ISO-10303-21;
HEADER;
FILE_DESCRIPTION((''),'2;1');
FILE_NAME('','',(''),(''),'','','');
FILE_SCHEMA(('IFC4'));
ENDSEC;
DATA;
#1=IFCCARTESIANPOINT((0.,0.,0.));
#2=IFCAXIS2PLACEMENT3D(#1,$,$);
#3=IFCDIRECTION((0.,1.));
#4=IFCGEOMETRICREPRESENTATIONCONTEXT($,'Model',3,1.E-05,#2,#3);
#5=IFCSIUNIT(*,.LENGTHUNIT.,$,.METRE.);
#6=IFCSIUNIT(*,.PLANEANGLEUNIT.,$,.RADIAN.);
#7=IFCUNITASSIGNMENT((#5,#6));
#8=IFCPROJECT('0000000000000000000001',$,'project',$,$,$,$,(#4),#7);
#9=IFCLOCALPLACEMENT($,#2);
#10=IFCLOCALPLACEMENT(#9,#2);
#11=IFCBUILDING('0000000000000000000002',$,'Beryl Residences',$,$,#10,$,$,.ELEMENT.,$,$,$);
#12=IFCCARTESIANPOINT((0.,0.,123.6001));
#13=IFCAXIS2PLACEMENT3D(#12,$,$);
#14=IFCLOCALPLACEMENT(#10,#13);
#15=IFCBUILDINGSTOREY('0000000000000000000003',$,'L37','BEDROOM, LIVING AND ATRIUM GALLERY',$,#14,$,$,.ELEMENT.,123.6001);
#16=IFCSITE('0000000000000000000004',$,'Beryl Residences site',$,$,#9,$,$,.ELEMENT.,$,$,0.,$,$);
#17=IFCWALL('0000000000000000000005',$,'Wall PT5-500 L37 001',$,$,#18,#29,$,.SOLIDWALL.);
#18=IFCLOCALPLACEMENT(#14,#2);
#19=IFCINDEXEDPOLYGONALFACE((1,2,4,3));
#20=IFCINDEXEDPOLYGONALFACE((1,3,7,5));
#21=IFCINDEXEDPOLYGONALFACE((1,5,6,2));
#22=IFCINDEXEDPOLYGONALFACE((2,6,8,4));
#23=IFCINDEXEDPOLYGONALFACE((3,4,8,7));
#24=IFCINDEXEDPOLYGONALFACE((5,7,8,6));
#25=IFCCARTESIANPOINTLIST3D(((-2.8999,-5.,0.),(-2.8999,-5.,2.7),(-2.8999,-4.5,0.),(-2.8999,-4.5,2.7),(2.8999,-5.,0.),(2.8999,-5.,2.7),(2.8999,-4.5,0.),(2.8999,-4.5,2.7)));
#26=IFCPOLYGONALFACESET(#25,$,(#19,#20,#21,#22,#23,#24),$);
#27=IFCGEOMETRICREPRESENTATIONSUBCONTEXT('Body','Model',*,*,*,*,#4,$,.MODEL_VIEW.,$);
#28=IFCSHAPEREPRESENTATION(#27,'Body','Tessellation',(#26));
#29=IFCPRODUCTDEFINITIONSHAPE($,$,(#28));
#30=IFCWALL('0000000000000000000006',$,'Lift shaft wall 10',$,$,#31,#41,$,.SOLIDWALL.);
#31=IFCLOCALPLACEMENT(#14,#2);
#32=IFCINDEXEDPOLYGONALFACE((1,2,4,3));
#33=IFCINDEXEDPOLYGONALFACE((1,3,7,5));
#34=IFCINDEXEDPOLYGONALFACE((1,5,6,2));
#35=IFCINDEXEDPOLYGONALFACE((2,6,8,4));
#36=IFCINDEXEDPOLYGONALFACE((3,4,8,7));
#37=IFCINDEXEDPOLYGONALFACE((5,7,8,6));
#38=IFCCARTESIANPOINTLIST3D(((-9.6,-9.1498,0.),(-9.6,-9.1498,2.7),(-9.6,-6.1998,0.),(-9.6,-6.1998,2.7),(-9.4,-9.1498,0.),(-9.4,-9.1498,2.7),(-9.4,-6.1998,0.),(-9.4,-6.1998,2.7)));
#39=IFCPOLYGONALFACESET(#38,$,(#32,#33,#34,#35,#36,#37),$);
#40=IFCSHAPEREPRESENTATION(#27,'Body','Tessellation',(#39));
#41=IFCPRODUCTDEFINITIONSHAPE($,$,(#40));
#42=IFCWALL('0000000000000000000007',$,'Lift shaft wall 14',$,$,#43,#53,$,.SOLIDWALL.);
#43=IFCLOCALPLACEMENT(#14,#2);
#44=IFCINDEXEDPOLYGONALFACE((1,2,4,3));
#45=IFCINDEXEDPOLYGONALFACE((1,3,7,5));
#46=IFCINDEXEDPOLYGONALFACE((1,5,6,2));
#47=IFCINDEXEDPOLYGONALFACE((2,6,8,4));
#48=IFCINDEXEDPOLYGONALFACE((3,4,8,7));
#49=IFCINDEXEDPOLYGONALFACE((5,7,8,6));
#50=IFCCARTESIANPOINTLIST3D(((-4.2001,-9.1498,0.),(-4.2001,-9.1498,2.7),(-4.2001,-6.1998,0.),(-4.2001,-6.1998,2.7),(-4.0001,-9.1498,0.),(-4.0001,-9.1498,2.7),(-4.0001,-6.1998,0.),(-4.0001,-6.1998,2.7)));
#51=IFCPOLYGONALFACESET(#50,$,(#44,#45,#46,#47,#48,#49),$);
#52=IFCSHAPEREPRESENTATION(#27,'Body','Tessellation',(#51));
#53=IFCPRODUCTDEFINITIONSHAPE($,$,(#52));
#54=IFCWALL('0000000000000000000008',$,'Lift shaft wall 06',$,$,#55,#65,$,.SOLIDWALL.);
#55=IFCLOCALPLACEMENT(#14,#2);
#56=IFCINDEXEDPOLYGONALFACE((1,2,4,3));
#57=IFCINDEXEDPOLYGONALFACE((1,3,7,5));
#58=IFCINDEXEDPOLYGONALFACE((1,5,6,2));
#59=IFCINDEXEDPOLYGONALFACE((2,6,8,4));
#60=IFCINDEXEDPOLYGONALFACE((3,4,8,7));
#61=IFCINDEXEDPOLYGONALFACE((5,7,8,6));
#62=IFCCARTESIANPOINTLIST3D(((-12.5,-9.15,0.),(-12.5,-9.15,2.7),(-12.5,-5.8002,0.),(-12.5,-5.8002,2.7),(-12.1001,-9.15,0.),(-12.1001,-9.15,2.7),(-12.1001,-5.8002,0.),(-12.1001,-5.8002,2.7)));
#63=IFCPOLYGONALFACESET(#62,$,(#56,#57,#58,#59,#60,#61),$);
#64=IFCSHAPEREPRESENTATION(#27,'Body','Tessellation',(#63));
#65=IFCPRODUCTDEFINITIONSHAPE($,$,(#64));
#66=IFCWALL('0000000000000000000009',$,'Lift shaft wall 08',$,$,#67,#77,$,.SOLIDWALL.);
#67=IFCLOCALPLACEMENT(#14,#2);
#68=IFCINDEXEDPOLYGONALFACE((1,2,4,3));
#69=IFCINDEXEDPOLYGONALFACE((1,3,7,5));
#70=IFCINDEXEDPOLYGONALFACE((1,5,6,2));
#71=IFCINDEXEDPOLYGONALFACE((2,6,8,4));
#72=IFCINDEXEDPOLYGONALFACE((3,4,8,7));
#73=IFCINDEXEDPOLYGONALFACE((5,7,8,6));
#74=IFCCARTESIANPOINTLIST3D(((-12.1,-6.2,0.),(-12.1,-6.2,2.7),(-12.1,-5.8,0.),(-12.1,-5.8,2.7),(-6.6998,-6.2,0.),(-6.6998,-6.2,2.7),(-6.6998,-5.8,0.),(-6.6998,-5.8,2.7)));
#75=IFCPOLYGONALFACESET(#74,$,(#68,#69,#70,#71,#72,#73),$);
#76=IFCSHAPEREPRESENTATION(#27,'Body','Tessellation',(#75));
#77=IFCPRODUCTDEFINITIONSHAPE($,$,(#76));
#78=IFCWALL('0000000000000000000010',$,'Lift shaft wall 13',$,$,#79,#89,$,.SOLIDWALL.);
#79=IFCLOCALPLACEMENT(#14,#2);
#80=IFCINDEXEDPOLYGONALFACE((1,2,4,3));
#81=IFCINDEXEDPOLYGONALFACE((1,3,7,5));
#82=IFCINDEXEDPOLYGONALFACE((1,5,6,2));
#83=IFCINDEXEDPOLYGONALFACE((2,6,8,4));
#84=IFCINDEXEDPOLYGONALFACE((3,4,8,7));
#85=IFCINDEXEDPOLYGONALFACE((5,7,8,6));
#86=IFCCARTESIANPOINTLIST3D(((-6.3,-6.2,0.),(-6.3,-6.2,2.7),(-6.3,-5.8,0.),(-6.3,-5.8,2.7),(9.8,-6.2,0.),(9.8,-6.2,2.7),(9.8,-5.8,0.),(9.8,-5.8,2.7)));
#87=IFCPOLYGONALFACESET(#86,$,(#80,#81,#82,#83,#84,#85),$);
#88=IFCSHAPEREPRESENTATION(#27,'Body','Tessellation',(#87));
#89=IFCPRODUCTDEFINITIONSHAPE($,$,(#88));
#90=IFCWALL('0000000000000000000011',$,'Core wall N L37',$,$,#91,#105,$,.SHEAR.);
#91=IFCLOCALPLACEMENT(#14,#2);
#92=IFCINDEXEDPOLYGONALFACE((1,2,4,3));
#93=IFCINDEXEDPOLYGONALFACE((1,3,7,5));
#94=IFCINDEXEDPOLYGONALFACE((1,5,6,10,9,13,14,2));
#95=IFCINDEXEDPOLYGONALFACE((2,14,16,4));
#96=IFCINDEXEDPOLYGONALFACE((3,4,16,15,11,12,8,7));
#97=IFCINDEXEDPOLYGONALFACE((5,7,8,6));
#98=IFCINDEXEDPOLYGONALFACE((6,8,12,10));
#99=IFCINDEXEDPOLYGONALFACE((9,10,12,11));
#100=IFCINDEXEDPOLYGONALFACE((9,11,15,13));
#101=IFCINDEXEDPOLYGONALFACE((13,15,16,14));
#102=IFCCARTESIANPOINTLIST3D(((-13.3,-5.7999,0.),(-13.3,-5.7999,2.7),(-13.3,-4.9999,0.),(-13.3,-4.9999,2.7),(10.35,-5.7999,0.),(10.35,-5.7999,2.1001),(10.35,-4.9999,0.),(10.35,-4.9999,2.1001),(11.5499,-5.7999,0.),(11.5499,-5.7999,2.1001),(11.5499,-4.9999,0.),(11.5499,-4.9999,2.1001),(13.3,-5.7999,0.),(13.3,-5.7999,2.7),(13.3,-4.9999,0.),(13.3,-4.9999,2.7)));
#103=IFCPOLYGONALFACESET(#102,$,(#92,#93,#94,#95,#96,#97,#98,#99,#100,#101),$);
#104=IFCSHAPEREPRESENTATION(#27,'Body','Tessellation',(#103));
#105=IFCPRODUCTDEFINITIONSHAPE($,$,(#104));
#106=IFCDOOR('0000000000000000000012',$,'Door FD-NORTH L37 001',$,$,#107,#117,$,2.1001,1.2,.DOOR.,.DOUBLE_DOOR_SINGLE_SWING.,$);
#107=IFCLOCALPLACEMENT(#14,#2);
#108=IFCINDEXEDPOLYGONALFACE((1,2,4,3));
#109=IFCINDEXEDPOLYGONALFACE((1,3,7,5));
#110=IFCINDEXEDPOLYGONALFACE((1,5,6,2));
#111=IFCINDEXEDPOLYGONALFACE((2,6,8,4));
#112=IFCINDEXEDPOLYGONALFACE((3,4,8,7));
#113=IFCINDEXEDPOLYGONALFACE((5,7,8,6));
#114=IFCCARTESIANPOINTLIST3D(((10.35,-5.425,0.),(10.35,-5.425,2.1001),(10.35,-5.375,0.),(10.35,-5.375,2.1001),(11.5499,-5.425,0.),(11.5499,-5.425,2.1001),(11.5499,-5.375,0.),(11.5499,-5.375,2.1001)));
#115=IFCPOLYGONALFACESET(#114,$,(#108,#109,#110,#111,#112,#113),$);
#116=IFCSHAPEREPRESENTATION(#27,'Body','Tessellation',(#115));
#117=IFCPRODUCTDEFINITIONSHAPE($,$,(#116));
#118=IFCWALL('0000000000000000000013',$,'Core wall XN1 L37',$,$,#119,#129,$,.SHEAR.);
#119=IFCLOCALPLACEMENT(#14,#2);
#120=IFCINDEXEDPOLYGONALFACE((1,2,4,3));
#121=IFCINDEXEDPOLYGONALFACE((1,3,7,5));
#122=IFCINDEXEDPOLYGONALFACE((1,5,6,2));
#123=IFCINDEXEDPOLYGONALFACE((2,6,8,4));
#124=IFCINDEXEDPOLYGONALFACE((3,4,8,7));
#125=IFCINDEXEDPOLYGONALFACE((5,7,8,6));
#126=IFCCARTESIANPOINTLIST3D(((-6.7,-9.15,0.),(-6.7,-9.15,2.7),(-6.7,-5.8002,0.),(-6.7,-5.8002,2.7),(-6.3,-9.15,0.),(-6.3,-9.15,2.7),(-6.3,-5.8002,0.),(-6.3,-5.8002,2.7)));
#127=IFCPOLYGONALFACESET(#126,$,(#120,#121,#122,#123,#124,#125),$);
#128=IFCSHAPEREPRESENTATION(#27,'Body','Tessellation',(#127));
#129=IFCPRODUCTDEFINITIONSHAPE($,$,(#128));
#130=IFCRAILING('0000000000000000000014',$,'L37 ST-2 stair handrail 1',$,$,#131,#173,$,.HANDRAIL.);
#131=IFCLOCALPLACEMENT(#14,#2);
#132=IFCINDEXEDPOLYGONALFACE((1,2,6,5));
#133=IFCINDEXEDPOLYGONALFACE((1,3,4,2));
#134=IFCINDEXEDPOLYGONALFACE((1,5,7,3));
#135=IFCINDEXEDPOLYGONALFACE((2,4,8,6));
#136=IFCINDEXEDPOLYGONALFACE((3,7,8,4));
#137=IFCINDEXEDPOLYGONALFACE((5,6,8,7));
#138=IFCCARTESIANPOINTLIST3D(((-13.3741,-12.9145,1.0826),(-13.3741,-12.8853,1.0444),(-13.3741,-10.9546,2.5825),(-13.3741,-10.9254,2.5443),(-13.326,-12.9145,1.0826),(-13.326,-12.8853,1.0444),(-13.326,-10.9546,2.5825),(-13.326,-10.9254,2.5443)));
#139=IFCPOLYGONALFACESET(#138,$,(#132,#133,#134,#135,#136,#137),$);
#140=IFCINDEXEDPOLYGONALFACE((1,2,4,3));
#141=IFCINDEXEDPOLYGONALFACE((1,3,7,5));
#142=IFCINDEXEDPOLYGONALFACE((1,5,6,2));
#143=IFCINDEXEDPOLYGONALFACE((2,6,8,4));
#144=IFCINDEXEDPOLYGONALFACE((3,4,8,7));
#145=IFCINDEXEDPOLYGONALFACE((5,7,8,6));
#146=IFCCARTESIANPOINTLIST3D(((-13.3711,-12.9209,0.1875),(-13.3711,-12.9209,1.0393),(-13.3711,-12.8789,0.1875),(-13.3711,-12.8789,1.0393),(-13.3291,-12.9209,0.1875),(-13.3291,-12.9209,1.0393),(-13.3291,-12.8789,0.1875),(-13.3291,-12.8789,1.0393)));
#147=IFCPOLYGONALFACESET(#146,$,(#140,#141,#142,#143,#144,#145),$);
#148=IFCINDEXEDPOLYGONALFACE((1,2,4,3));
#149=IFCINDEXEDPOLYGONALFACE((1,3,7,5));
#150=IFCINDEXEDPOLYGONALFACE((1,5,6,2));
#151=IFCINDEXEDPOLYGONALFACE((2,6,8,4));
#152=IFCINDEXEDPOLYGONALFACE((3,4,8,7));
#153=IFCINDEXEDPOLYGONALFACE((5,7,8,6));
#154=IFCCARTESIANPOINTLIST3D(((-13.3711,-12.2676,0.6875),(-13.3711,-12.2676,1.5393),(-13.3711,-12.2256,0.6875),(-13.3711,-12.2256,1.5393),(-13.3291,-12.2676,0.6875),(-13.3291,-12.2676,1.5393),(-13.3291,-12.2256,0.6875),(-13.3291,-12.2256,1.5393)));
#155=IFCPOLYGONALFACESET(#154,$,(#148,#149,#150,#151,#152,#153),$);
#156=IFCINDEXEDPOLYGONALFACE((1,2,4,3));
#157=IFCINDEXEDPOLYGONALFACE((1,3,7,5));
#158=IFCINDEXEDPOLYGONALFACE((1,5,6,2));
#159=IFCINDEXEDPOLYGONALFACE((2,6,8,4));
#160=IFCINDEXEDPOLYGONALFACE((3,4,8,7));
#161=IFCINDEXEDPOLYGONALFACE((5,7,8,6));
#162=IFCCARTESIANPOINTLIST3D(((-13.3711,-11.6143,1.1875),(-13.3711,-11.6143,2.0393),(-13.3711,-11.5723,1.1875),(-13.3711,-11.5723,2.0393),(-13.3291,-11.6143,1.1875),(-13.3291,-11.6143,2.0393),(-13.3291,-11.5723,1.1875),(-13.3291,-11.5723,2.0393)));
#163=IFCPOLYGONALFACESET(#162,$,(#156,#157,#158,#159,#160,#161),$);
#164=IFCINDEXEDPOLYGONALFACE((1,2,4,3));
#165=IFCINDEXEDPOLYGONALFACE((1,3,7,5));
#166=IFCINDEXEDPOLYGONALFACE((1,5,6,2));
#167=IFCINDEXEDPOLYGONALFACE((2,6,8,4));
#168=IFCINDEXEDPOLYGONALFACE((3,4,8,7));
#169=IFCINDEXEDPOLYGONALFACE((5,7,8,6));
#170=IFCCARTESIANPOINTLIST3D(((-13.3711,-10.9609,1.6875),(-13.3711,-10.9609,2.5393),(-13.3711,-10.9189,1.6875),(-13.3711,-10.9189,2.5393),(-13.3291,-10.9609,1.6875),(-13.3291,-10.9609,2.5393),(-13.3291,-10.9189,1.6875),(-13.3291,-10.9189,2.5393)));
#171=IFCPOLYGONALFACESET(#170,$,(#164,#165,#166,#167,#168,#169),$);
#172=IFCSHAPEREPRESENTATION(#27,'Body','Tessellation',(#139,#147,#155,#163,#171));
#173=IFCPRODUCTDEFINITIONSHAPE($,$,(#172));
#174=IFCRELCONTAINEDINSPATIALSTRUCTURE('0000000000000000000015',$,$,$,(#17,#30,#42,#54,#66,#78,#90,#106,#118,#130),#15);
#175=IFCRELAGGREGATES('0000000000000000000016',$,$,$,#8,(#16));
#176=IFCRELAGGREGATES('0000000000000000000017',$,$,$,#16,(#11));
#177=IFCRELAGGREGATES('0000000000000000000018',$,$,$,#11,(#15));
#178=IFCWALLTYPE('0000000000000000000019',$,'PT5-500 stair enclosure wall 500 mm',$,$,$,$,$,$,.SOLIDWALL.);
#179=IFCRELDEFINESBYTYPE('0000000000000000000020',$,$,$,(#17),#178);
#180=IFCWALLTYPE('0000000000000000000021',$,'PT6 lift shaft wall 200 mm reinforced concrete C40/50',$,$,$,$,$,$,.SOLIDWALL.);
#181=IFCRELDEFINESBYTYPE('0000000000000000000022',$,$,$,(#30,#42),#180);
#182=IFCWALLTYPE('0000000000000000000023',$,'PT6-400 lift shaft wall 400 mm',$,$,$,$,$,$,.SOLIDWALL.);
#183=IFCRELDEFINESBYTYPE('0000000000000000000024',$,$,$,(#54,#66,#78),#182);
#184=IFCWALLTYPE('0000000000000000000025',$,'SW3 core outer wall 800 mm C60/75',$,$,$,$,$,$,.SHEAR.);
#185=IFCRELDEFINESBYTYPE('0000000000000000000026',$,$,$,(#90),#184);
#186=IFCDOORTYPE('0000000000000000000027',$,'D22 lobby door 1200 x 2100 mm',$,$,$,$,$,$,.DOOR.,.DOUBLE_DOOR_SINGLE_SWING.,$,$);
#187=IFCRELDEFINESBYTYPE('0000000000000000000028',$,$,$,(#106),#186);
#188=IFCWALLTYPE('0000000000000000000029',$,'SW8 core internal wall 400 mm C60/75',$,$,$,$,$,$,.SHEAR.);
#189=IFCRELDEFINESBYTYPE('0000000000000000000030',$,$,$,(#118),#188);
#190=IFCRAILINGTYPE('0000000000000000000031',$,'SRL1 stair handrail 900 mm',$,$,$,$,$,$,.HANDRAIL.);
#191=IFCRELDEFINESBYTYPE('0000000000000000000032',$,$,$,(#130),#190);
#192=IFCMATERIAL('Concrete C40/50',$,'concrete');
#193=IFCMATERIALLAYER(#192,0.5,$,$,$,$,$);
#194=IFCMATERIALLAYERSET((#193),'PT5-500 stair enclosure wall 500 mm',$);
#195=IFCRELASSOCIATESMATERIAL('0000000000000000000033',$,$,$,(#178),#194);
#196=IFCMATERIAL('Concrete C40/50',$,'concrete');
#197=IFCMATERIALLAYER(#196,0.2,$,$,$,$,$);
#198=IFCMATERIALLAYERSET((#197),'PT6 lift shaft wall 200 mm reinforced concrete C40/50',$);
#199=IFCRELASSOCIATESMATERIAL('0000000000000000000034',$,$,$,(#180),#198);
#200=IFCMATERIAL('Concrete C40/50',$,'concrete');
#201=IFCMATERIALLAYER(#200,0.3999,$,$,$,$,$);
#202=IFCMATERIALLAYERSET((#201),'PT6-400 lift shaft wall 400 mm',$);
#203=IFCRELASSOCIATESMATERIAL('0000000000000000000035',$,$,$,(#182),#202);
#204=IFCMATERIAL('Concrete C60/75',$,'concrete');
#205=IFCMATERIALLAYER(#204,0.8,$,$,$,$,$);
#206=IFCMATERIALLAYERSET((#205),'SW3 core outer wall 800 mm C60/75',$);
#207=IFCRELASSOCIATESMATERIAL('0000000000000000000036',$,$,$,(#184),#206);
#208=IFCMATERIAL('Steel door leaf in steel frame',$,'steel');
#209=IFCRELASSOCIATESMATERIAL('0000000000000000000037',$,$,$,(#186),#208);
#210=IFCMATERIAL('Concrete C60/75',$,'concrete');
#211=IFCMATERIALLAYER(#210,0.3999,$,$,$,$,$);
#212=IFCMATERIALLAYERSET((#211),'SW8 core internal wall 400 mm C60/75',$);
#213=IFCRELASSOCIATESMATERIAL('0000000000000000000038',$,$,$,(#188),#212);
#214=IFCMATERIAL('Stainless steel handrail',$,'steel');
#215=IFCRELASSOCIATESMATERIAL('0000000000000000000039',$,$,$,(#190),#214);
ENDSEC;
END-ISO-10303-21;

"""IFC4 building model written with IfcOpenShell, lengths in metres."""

from ifc_helpers import new_model, si_unit, direction, frame, frame_2d, origin, origin_2d, place, context, subcontext, project, spatial, rectangle, extrude, material, layer, layer_set, type_object, element, fill, save


model = new_model("IFC4")

# Units and contexts
model_context = context("Model", 3, precision=1e-05, world=origin(), true_north=direction((0.0, 1.0)))
body_context = subcontext(model_context, "Body", "Model", "MODEL_VIEW")
ifc_project = project(units=[si_unit("LENGTHUNIT", "METRE"), si_unit("PLANEANGLEUNIT", "RADIAN")], contexts=[model_context])

# Site, building, storey
site_placement = place(None, origin())
site = spatial("IfcSite", under=ifc_project, at=site_placement, Name="Beryl Residences site", CompositionType="ELEMENT", RefElevation=0.0)
building_placement = place(site_placement, origin())
building = spatial("IfcBuilding", under=site, at=building_placement, Name="Beryl Residences", CompositionType="ELEMENT")
storey_placement = place(building_placement, frame((0.0, 0.0, 123.6001)))
storey = spatial("IfcBuildingStorey", under=building, at=storey_placement, Name="L37", Description="BEDROOM, LIVING AND ATRIUM GALLERY", CompositionType="ELEMENT", Elevation=123.6001)

# Walls
ifc_material_1 = material(Name="Concrete C40/50", Category="concrete")
ifc_layer_1 = layer(ifc_material_1, 0.5)
ifc_layer_set_1 = layer_set([ifc_layer_1], Name="PT5-500 stair enclosure wall 500 mm")
wall_type_1 = type_object("IfcWallType", Name="PT5-500 stair enclosure wall 500 mm", PredefinedType="SOLIDWALL", material=ifc_layer_set_1)
wall_1_placement = place(storey_placement, frame((-2.8999, -4.75, 0.0), z_axis=(0.0, 0.0, 1.0), x_axis=(1.0, 0.0, 0.0)))
element("IfcWall", 1, at=wall_1_placement, inside=storey, type_object=wall_type_1, Name="Wall PT5-500 L37 001", PredefinedType="SOLIDWALL", context=body_context, shape_type="SweptSolid", body=[
    extrude(rectangle(XDim=5.7998, YDim=0.5, at=frame_2d((2.8999, 0.0))), origin(), (0.0, 0.0, 1.0), 2.7),
])
ifc_material_2 = material(Name="Concrete C40/50", Category="concrete")
ifc_layer_2 = layer(ifc_material_2, 0.2)
ifc_layer_set_2 = layer_set([ifc_layer_2], Name="PT6 lift shaft wall 200 mm reinforced concrete C40/50")
wall_type_2 = type_object("IfcWallType", Name="PT6 lift shaft wall 200 mm reinforced concrete C40/50", PredefinedType="SOLIDWALL", material=ifc_layer_set_2)
for number, where, z_axis, x_axis, name in (
    (2, (-9.5, -9.1499, 0.0), (0.0, 0.0, 1.0), (0.0, 1.0, 0.0), "Lift shaft wall 10"),
    (3, (-4.1001, -9.1499, 0.0), (0.0, 0.0, 1.0), (0.0, 1.0, 0.0), "Lift shaft wall 14"),
):
    element("IfcWall", number, at=place(storey_placement, frame(where, z_axis=z_axis, x_axis=x_axis)), inside=storey, type_object=wall_type_2, Name=name, PredefinedType="SOLIDWALL", context=body_context, shape_type="SweptSolid", body=[
        extrude(rectangle(XDim=2.95, YDim=0.2, at=frame_2d((1.4751, 0.0))), origin(), (0.0, 0.0, 1.0), 2.7),
    ])
ifc_material_3 = material(Name="Concrete C40/50", Category="concrete")
ifc_layer_3 = layer(ifc_material_3, 0.3999)
ifc_layer_set_3 = layer_set([ifc_layer_3], Name="PT6-400 lift shaft wall 400 mm")
wall_type_3 = type_object("IfcWallType", Name="PT6-400 lift shaft wall 400 mm", PredefinedType="SOLIDWALL", material=ifc_layer_set_3)
wall_2_placement = place(storey_placement, frame((-12.3, -9.1499, 0.0), z_axis=(0.0, 0.0, 1.0), x_axis=(0.0, 1.0, 0.0)))
element("IfcWall", 4, at=wall_2_placement, inside=storey, type_object=wall_type_3, Name="Lift shaft wall 06", PredefinedType="SOLIDWALL", context=body_context, shape_type="SweptSolid", body=[
    extrude(rectangle(XDim=3.3499, YDim=0.3999, at=frame_2d((1.6748, 0.0))), origin(), (0.0, 0.0, 1.0), 2.7),
])
wall_3_placement = place(storey_placement, frame((-12.1001, -6.0, 0.0), z_axis=(0.0, 0.0, 1.0), x_axis=(1.0, 0.0, 0.0)))
element("IfcWall", 5, at=wall_3_placement, inside=storey, type_object=wall_type_3, Name="Lift shaft wall 08", PredefinedType="SOLIDWALL", context=body_context, shape_type="SweptSolid", body=[
    extrude(rectangle(XDim=5.4001, YDim=0.3999, at=frame_2d((2.7002, 0.0))), origin(), (0.0, 0.0, 1.0), 2.7),
])
wall_4_placement = place(storey_placement, frame((-6.3, -6.0, 0.0), z_axis=(0.0, 0.0, 1.0), x_axis=(1.0, 0.0, 0.0)))
element("IfcWall", 6, at=wall_4_placement, inside=storey, type_object=wall_type_3, Name="Lift shaft wall 13", PredefinedType="SOLIDWALL", context=body_context, shape_type="SweptSolid", body=[
    extrude(rectangle(XDim=16.1001, YDim=0.3999, at=frame_2d((8.05, 0.0))), origin(), (0.0, 0.0, 1.0), 2.7),
])

# Wall, opening, door
ifc_material_4 = material(Name="Concrete C60/75", Category="concrete")
ifc_layer_4 = layer(ifc_material_4, 0.8)
ifc_layer_set_4 = layer_set([ifc_layer_4], Name="SW3 core outer wall 800 mm C60/75")
wall_type_4 = type_object("IfcWallType", Name="SW3 core outer wall 800 mm C60/75", PredefinedType="SHEAR", material=ifc_layer_set_4)
wall_5_placement = place(storey_placement, frame((-13.3, -5.3999, 0.0), z_axis=(0.0, 0.0, 1.0), x_axis=(1.0, 0.0, 0.0)))
wall_5 = element("IfcWall", 7, at=wall_5_placement, inside=storey, type_object=wall_type_4, Name="Core wall N L37", PredefinedType="SHEAR", context=body_context, shape_type="SweptSolid", body=[
    extrude(rectangle(XDim=26.6001, YDim=0.8, at=frame_2d((13.3, 0.0))), origin(), (0.0, 0.0, 1.0), 2.7),
])
opening_1_placement = place(wall_5_placement, frame((23.6499, 0.0, 0.0)))
opening_1 = element("IfcOpeningElement", 8, at=opening_1_placement, cuts=wall_5, PredefinedType="OPENING", context=body_context, shape_type="SweptSolid", body=[
    extrude(rectangle(XDim=1.2, YDim=2.1001, at=frame_2d((0.6001, 1.05))), frame((0.0, 0.4099, 0.0), z_axis=(0.0, -1.0, 0.0), x_axis=(1.0, 0.0, 0.0)), (0.0, 0.0, 1.0), 0.8201),
])
ifc_material_5 = material(Name="Steel door leaf in steel frame", Category="steel")
door_type_1 = type_object("IfcDoorType", Name="D22 lobby door 1200 x 2100 mm", OperationType="DOUBLE_DOOR_SINGLE_SWING", PredefinedType="DOOR", material=ifc_material_5)
door_1_placement = place(opening_1_placement, origin())
door_1 = element("IfcDoor", 9, at=door_1_placement, inside=storey, type_object=door_type_1, Name="Door FD-NORTH L37 001", OperationType="DOUBLE_DOOR_SINGLE_SWING", OverallHeight=2.1001, OverallWidth=1.2, PredefinedType="DOOR", context=body_context, shape_type="SweptSolid", body=[
    extrude(rectangle(XDim=1.2, YDim=2.1001, at=frame_2d((0.6001, 1.05))), frame((0.0, 0.0249, 0.0), z_axis=(0.0, -1.0, 0.0), x_axis=(1.0, 0.0, 0.0)), (0.0, 0.0, 1.0), 0.05),
])
fill(opening_1, door_1)

# Shared definitions
ifc_material_6 = material(Name="Concrete C60/75", Category="concrete")
ifc_layer_5 = layer(ifc_material_6, 0.3999)
ifc_layer_set_5 = layer_set([ifc_layer_5], Name="SW8 core internal wall 400 mm C60/75")
wall_type_5 = type_object("IfcWallType", Name="SW8 core internal wall 400 mm C60/75", PredefinedType="SHEAR", material=ifc_layer_set_5)

# Wall
wall_6_placement = place(storey_placement, frame((-6.5, -9.1499, 0.0), z_axis=(0.0, 0.0, 1.0), x_axis=(0.0, 1.0, 0.0)))
element("IfcWall", 10, at=wall_6_placement, inside=storey, type_object=wall_type_5, Name="Core wall XN1 L37", PredefinedType="SHEAR", context=body_context, shape_type="SweptSolid", body=[
    extrude(rectangle(XDim=3.3499, YDim=0.3999, at=frame_2d((1.6748, 0.0))), origin(), (0.0, 0.0, 1.0), 2.7),
])

# Railing
ifc_material_7 = material(Name="Stainless steel handrail", Category="steel")
railing_type = type_object("IfcRailingType", Name="SRL1 stair handrail 900 mm", PredefinedType="HANDRAIL", material=ifc_material_7)
railing_placement = place(storey_placement, frame((-13.3501, -12.8999, 0.1875)))
element("IfcRailing", 11, at=railing_placement, inside=storey, type_object=railing_type, Name="L37 ST-2 stair handrail 1", PredefinedType="HANDRAIL", context=body_context, shape_type="SweptSolid", body=[
    extrude(rectangle(XDim=0.0481, YDim=0.0481, at=origin_2d()), frame((0.0, 0.0, 0.876), z_axis=(0.0, 0.794122, 0.607758), x_axis=(-1.0, 0.0, 0.0)), (0.0, 0.0, 1.0), 2.468),
    extrude(rectangle(XDim=0.042, YDim=0.042, at=origin_2d()), origin(), (0.0, 0.0, 1.0), 0.8518),
    extrude(rectangle(XDim=0.042, YDim=0.042, at=origin_2d()), frame((0.0, 0.6533, 0.5)), (0.0, 0.0, 1.0), 0.8518),
    extrude(rectangle(XDim=0.042, YDim=0.042, at=origin_2d()), frame((0.0, 1.3066, 1.0)), (0.0, 0.0, 1.0), 0.8518),
    extrude(rectangle(XDim=0.042, YDim=0.042, at=origin_2d()), frame((0.0, 1.96, 1.5)), (0.0, 0.0, 1.0), 0.8518),
])

save(model, "model.ifc")
